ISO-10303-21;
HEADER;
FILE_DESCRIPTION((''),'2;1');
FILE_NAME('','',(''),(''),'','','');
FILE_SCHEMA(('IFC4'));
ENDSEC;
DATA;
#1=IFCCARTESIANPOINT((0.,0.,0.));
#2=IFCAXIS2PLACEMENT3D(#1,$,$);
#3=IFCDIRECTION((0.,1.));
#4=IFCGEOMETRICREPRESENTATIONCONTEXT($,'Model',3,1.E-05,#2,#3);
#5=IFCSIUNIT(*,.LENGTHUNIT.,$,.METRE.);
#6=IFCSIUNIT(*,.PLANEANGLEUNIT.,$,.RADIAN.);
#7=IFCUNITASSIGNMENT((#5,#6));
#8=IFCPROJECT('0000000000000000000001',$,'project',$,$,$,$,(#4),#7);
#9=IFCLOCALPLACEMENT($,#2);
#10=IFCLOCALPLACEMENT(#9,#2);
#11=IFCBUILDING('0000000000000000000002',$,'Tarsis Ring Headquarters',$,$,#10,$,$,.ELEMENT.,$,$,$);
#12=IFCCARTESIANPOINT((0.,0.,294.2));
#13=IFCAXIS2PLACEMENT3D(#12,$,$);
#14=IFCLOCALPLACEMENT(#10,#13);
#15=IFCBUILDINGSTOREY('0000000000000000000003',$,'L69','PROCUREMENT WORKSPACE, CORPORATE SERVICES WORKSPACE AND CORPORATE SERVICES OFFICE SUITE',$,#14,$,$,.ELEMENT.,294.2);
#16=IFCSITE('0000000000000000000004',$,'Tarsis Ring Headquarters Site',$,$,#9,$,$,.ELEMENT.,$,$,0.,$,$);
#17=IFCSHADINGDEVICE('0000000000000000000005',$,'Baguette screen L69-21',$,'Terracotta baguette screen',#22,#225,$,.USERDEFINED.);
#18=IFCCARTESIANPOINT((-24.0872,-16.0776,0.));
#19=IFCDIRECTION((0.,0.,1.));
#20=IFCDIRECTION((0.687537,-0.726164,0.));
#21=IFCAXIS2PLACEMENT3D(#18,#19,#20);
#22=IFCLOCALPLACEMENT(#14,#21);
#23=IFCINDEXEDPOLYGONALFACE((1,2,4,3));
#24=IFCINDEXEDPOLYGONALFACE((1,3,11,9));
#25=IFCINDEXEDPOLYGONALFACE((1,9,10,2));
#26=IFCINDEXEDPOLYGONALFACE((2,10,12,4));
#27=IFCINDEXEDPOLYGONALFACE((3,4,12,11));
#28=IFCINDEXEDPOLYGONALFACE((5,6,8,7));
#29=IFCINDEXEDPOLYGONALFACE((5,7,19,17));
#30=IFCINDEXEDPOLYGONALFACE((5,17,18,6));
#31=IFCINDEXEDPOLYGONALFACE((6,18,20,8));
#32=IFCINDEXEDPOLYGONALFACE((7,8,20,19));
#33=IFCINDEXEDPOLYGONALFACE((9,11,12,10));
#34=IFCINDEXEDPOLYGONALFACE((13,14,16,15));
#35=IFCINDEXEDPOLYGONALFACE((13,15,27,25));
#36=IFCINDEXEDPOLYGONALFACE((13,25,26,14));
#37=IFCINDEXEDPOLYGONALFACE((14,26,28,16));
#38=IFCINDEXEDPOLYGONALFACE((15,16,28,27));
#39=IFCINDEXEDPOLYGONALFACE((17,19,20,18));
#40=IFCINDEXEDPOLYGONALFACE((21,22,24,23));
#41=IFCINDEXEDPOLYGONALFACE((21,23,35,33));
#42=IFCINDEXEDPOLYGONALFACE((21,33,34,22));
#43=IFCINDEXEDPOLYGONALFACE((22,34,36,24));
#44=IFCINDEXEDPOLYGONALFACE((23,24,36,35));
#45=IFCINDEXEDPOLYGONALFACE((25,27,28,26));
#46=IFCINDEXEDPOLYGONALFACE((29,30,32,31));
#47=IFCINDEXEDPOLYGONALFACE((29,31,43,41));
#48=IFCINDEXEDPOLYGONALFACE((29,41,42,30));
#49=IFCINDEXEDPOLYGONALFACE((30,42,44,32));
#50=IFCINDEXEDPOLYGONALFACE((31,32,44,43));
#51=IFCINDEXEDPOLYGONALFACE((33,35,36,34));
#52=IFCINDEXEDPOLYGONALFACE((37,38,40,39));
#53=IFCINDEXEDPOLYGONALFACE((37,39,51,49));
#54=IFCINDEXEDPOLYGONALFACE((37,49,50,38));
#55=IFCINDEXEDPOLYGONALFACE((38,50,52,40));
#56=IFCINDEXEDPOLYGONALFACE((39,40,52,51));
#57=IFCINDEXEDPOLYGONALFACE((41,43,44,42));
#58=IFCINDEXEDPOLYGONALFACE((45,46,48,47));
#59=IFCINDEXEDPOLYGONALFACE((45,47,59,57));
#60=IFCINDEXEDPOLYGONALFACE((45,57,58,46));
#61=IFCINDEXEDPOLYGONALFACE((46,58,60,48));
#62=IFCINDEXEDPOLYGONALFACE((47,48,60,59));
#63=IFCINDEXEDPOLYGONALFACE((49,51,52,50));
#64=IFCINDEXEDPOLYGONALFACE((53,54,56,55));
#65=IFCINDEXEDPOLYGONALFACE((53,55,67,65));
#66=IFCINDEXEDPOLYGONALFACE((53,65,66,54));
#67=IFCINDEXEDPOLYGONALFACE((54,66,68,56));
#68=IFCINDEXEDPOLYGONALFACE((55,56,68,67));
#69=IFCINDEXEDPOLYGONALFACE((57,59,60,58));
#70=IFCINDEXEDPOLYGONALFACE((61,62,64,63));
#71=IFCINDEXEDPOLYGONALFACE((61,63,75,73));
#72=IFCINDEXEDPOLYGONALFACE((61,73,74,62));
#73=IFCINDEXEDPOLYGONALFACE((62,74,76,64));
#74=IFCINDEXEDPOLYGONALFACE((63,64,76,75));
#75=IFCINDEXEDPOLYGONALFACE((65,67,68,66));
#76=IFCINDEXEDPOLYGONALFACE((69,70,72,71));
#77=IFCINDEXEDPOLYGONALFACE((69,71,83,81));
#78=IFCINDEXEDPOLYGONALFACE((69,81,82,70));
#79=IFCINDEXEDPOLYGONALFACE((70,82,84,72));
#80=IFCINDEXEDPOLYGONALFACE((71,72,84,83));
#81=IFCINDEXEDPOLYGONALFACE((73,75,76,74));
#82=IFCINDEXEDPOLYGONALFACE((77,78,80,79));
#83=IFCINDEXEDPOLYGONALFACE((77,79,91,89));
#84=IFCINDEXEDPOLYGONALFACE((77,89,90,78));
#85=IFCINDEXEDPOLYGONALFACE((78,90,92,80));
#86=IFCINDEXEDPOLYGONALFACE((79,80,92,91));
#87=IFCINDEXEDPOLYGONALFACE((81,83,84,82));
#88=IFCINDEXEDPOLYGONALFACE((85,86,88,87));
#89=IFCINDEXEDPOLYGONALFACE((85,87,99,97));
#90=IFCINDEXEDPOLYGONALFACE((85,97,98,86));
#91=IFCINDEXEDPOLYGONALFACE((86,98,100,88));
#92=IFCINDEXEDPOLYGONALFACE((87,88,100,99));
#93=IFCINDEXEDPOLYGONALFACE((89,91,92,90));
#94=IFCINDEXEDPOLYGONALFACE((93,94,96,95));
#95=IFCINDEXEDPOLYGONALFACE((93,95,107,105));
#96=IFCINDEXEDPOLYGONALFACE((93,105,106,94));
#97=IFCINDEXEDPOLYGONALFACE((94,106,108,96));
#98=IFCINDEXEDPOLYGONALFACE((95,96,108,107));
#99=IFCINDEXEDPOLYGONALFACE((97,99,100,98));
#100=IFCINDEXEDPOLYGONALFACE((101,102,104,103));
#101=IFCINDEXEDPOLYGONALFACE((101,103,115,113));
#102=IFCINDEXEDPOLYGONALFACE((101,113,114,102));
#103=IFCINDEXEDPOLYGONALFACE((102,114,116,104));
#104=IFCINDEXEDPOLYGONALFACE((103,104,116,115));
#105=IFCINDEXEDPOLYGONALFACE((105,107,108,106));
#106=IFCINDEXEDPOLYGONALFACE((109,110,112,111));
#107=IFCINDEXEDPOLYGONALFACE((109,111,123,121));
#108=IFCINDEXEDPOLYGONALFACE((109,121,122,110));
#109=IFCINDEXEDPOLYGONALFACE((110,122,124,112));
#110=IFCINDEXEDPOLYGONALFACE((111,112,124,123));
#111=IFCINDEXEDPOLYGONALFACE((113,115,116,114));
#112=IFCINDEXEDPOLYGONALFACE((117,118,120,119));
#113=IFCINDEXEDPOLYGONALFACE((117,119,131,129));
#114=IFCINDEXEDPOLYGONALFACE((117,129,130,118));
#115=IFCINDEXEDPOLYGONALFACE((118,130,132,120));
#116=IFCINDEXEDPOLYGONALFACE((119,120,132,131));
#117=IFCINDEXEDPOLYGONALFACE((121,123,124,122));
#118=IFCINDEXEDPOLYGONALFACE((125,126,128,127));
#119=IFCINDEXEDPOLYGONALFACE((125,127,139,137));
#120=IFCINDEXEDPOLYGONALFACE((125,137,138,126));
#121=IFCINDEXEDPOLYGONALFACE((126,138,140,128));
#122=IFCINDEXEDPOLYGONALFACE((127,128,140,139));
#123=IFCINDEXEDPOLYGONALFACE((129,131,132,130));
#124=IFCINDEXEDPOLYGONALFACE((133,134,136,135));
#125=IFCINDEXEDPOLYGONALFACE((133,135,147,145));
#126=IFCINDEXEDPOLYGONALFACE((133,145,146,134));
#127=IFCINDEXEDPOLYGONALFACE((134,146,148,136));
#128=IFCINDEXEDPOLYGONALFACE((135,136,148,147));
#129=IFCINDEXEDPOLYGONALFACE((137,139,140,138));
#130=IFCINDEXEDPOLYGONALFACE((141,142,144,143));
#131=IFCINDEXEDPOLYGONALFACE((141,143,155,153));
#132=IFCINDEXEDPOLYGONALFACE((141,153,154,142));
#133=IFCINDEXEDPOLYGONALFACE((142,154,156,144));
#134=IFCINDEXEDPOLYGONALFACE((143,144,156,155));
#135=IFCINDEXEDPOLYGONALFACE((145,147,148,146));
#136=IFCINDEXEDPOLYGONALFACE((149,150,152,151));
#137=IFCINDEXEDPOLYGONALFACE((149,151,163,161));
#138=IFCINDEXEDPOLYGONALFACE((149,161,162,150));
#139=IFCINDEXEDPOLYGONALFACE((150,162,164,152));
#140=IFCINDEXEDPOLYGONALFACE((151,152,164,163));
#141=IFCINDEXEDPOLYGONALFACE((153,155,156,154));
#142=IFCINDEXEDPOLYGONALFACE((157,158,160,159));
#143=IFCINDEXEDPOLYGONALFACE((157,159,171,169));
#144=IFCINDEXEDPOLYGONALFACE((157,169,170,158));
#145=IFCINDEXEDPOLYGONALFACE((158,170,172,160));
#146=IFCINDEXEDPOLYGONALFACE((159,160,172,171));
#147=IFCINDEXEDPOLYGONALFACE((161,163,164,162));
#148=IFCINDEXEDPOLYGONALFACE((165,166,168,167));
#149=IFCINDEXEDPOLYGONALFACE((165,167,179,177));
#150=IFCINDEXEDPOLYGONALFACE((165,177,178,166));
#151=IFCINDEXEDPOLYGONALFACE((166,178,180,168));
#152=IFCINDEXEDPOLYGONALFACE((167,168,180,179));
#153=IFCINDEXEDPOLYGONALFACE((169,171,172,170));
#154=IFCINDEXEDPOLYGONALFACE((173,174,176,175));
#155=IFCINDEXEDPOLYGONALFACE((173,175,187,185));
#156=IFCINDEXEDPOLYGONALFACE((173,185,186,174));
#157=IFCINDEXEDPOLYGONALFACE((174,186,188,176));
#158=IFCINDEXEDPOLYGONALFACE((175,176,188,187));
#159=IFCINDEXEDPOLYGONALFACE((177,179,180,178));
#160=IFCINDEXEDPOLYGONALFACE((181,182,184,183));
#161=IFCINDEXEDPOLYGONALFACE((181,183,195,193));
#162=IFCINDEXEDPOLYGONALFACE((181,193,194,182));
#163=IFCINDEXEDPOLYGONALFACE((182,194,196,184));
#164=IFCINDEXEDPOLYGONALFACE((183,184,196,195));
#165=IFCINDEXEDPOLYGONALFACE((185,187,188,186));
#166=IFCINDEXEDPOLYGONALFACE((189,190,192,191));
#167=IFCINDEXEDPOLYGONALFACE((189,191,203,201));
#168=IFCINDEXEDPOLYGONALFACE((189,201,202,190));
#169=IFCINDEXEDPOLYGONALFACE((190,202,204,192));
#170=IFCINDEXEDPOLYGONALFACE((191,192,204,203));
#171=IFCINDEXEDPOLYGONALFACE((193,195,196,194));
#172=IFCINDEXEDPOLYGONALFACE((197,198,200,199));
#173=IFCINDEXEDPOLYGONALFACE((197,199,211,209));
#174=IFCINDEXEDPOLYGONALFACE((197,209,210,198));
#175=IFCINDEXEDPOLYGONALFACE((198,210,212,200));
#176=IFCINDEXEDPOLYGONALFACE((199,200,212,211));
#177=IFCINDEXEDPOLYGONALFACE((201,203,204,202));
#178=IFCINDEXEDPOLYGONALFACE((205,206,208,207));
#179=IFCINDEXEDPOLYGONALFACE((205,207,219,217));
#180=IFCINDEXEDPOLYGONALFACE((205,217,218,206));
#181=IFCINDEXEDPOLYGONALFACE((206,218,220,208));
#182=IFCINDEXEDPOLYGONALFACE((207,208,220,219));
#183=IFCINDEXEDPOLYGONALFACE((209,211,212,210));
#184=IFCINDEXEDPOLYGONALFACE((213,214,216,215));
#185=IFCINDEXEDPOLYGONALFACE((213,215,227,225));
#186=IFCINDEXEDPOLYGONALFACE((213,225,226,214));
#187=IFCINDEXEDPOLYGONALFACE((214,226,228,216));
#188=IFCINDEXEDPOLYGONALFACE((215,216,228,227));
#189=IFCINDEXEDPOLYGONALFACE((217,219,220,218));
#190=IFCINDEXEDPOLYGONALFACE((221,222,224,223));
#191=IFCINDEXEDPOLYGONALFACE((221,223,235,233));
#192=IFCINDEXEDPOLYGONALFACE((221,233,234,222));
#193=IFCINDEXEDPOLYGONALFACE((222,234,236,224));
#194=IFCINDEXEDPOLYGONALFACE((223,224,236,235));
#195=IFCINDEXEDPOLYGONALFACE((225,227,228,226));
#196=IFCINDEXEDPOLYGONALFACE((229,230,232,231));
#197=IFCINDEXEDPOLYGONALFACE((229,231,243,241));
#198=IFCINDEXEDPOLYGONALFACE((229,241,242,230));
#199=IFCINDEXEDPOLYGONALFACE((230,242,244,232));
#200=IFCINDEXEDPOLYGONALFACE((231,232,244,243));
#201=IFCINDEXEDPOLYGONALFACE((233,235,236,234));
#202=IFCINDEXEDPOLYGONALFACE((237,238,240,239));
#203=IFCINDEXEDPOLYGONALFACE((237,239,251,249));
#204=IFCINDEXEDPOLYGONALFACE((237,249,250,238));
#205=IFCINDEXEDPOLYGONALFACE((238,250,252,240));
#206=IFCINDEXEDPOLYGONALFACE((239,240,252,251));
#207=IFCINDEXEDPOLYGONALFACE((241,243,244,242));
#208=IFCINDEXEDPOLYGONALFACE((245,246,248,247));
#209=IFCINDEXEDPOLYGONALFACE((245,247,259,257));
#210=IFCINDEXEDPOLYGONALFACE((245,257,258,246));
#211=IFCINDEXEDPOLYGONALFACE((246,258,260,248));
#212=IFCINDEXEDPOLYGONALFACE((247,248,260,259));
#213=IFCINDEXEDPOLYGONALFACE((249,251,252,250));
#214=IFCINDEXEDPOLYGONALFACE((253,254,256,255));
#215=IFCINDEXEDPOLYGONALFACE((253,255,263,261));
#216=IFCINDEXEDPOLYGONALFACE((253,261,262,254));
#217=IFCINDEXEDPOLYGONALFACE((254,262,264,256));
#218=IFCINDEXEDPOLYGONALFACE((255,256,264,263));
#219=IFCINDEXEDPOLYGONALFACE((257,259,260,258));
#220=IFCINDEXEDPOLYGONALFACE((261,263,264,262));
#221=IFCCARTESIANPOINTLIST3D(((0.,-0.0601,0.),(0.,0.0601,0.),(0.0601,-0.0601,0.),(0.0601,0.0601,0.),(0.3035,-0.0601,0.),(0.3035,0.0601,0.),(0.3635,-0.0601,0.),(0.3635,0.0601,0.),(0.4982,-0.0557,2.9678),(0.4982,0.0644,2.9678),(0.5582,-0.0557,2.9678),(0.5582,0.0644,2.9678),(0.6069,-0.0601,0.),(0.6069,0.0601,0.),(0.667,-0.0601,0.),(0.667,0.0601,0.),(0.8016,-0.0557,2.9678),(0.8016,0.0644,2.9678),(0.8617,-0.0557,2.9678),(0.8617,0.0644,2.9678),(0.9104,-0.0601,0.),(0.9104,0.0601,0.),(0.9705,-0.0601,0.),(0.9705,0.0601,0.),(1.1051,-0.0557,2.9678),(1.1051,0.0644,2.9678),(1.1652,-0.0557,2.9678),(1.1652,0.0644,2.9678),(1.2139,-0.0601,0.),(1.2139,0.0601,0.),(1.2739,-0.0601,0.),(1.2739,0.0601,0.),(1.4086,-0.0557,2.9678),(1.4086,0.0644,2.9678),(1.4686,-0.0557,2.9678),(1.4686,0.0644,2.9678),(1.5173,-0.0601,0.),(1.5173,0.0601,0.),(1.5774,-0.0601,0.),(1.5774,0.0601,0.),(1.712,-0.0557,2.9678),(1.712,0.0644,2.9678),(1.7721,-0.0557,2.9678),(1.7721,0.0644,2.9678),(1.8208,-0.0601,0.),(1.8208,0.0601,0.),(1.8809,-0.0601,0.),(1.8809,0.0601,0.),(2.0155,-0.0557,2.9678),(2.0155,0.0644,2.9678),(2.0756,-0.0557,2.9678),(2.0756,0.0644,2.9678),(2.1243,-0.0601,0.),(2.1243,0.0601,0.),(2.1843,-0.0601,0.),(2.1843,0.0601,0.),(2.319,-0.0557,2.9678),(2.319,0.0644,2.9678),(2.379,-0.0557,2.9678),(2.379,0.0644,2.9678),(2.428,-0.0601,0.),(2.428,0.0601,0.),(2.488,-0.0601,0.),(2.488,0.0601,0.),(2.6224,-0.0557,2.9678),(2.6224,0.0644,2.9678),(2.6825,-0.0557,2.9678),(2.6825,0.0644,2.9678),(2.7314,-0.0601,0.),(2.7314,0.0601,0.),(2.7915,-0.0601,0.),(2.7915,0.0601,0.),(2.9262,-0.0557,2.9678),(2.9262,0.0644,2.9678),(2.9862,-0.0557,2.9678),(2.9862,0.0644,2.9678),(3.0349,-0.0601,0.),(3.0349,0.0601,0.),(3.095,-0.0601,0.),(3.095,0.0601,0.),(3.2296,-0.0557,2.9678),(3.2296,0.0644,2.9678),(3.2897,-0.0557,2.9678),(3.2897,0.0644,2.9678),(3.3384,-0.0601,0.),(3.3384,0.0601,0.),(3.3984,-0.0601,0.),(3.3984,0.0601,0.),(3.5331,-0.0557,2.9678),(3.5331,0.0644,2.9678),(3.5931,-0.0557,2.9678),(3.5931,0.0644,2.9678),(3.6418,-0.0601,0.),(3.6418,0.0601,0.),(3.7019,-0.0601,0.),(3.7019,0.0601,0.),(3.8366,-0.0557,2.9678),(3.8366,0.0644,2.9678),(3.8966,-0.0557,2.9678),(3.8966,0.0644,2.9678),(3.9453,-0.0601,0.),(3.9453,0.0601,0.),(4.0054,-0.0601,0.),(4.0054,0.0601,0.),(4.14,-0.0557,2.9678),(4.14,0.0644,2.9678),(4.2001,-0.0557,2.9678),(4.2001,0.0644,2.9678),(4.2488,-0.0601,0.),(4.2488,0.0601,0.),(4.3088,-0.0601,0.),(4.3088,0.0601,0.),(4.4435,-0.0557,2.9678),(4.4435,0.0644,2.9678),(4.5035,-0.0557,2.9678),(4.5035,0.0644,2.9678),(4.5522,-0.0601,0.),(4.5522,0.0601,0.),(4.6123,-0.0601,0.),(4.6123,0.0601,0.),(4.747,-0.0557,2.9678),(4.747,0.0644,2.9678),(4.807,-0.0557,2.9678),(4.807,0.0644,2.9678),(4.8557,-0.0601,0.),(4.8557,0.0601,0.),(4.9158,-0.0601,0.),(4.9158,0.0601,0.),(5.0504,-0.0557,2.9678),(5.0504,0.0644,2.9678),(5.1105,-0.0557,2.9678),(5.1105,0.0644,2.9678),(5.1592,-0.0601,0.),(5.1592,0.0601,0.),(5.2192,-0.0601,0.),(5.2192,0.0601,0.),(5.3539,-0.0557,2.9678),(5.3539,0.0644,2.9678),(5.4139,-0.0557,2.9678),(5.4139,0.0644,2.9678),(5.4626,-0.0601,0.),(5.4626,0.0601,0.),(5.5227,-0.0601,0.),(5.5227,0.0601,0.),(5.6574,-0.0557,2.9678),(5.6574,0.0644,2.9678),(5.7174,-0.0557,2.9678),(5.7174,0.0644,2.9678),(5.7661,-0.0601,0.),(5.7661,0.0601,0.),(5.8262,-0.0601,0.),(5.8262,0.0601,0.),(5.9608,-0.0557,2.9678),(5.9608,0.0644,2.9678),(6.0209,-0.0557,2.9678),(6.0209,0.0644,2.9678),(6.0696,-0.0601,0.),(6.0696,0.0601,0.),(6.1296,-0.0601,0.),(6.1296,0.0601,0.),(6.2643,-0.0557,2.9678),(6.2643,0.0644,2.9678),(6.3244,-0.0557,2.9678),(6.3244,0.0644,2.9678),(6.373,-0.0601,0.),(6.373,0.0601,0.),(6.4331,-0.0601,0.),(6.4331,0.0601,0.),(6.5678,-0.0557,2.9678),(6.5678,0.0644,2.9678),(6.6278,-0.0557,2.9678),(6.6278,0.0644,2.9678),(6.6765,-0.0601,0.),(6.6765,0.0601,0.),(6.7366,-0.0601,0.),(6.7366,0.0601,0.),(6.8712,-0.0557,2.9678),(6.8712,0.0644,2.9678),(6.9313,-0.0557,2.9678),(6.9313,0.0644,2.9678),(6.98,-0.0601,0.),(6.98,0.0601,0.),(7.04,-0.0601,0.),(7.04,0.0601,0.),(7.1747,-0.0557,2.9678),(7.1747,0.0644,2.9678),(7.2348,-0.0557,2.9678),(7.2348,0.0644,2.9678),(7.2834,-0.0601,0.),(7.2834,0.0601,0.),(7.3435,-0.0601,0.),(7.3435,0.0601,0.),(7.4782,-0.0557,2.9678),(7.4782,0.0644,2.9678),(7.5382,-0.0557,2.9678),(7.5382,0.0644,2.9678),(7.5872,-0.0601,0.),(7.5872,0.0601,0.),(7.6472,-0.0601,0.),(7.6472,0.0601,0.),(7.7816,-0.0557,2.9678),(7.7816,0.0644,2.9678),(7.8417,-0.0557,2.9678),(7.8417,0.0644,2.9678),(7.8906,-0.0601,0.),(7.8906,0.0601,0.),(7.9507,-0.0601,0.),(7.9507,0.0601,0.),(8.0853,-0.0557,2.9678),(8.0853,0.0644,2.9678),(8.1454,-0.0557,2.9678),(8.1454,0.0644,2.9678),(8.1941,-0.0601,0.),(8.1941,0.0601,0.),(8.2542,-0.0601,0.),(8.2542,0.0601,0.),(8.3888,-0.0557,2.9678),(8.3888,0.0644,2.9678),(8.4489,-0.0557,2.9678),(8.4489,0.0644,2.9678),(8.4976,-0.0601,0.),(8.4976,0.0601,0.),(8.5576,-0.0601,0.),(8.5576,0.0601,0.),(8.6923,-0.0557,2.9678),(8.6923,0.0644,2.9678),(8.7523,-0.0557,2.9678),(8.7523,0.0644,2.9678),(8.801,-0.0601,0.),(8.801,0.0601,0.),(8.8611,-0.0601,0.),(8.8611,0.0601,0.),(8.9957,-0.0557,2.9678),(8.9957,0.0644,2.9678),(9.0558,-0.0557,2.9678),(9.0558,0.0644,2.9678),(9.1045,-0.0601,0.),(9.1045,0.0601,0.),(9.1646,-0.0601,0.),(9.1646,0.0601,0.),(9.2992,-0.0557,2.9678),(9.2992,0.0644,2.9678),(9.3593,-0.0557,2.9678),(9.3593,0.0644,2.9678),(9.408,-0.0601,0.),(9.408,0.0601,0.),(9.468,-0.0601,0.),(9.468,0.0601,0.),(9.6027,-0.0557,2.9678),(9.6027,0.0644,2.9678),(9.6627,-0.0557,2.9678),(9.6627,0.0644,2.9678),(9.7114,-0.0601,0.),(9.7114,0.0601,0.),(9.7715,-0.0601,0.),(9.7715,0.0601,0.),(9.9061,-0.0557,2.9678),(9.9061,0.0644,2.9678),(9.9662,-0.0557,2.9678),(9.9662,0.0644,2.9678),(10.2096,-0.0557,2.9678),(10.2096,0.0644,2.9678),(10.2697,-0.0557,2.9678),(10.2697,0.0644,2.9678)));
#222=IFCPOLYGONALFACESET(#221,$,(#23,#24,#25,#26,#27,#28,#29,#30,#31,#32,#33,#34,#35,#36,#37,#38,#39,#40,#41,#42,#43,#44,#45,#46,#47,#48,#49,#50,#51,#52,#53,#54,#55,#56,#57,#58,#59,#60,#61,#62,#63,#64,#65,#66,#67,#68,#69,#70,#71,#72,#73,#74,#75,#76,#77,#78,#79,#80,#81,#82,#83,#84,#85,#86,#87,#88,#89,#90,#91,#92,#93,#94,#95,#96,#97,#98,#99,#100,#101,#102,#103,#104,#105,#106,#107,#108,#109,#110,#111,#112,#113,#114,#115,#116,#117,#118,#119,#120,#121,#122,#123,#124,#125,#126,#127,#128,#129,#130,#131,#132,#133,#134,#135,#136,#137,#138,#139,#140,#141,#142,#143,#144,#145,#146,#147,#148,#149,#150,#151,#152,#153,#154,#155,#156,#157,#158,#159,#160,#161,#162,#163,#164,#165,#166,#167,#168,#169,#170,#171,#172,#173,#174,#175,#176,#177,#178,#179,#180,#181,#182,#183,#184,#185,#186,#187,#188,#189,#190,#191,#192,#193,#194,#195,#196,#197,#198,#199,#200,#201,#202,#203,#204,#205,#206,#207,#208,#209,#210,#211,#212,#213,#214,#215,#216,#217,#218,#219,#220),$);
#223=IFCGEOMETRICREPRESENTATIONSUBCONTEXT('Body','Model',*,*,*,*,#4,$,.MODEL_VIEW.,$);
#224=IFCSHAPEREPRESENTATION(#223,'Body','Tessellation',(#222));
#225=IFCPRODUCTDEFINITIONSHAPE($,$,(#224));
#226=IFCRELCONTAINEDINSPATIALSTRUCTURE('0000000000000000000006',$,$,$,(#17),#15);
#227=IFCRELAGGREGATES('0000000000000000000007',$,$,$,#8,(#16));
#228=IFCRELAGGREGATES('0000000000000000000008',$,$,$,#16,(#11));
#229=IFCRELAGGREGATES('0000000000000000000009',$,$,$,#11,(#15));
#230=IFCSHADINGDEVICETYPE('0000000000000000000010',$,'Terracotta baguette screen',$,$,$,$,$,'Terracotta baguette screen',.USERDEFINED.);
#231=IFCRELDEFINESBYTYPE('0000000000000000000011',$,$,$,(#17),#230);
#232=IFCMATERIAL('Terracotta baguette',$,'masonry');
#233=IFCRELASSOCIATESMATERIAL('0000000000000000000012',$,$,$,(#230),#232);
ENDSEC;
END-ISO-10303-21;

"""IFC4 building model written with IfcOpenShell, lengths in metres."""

from ifc_helpers import new_model, si_unit, direction, frame, frame_2d, origin, place, context, subcontext, project, spatial, rectangle, composite_profile, extrude, material, type_object, element, save


model = new_model("IFC4")

# Units and contexts
model_context = context("Model", 3, precision=1e-05, world=origin(), true_north=direction((0.0, 1.0)))
body_context = subcontext(model_context, "Body", "Model", "MODEL_VIEW")
ifc_project = project(units=[si_unit("LENGTHUNIT", "METRE"), si_unit("PLANEANGLEUNIT", "RADIAN")], contexts=[model_context])

# Site, building, storey
site_placement = place(None, origin())
site = spatial("IfcSite", under=ifc_project, at=site_placement, Name="Tarsis Ring Headquarters Site", CompositionType="ELEMENT", RefElevation=0.0)
building_placement = place(site_placement, origin())
building = spatial("IfcBuilding", under=site, at=building_placement, Name="Tarsis Ring Headquarters", CompositionType="ELEMENT")
storey_placement = place(building_placement, frame((0.0, 0.0, 294.2)))
storey = spatial("IfcBuildingStorey", under=building, at=storey_placement, Name="L69", Description="PROCUREMENT WORKSPACE, CORPORATE SERVICES WORKSPACE AND CORPORATE SERVICES OFFICE SUITE", CompositionType="ELEMENT", Elevation=294.2)

# Shading device
ifc_material_1 = material(Name="Terracotta baguette", Category="masonry")
shading_device_type = type_object("IfcShadingDeviceType", Name="Terracotta baguette screen", ElementType="Terracotta baguette screen", PredefinedType="USERDEFINED", material=ifc_material_1)
shading_device_1_placement = place(storey_placement, frame((-24.0872, -16.0776, 0.0), z_axis=(0.0, 0.0, 1.0), x_axis=(0.687537, -0.726164, 0.0)))
element("IfcShadingDevice", 1, at=shading_device_1_placement, inside=storey, type_object=shading_device_type, Name="Baguette screen L69-21", ObjectType="Terracotta baguette screen", PredefinedType="USERDEFINED", context=body_context, shape_type="SweptSolid", body=[
    extrude(composite_profile([rectangle(XDim=0.0601, YDim=0.1201, at=frame_2d((0.03, 0.0))), rectangle(XDim=0.0601, YDim=0.1201, at=frame_2d((0.3335, 0.0))), rectangle(XDim=0.0601, YDim=0.1201, at=frame_2d((0.637, 0.0))), rectangle(XDim=0.0601, YDim=0.1201, at=frame_2d((0.9404, 0.0))), rectangle(XDim=0.0601, YDim=0.1201, at=frame_2d((1.2439, 0.0))), rectangle(XDim=0.0601, YDim=0.1201, at=frame_2d((1.5474, 0.0))), rectangle(XDim=0.0601, YDim=0.1201, at=frame_2d((1.8508, 0.0))), rectangle(XDim=0.0601, YDim=0.1201, at=frame_2d((2.1543, 0.0))), rectangle(XDim=0.0601, YDim=0.1201, at=frame_2d((2.458, 0.0))), rectangle(XDim=0.0601, YDim=0.1201, at=frame_2d((2.7615, 0.0))), rectangle(XDim=0.0601, YDim=0.1201, at=frame_2d((3.0649, 0.0))), rectangle(XDim=0.0601, YDim=0.1201, at=frame_2d((3.3684, 0.0))), rectangle(XDim=0.0601, YDim=0.1201, at=frame_2d((3.6719, 0.0))), rectangle(XDim=0.0601, YDim=0.1201, at=frame_2d((3.9753, 0.0))), rectangle(XDim=0.0601, YDim=0.1201, at=frame_2d((4.2788, 0.0))), rectangle(XDim=0.0601, YDim=0.1201, at=frame_2d((4.5823, 0.0))), rectangle(XDim=0.0601, YDim=0.1201, at=frame_2d((4.8857, 0.0))), rectangle(XDim=0.0601, YDim=0.1201, at=frame_2d((5.1892, 0.0))), rectangle(XDim=0.0601, YDim=0.1201, at=frame_2d((5.4927, 0.0))), rectangle(XDim=0.0601, YDim=0.1201, at=frame_2d((5.7961, 0.0))), rectangle(XDim=0.0601, YDim=0.1201, at=frame_2d((6.0996, 0.0))), rectangle(XDim=0.0601, YDim=0.1201, at=frame_2d((6.4031, 0.0))), rectangle(XDim=0.0601, YDim=0.1201, at=frame_2d((6.7065, 0.0))), rectangle(XDim=0.0601, YDim=0.1201, at=frame_2d((7.01, 0.0))), rectangle(XDim=0.0601, YDim=0.1201, at=frame_2d((7.3135, 0.0))), rectangle(XDim=0.0601, YDim=0.1201, at=frame_2d((7.6172, 0.0))), rectangle(XDim=0.0601, YDim=0.1201, at=frame_2d((7.9207, 0.0))), rectangle(XDim=0.0601, YDim=0.1201, at=frame_2d((8.2241, 0.0))), rectangle(XDim=0.0601, YDim=0.1201, at=frame_2d((8.5276, 0.0))), rectangle(XDim=0.0601, YDim=0.1201, at=frame_2d((8.8311, 0.0))), rectangle(XDim=0.0601, YDim=0.1201, at=frame_2d((9.1345, 0.0))), rectangle(XDim=0.0601, YDim=0.1201, at=frame_2d((9.438, 0.0))), rectangle(XDim=0.0601, YDim=0.1201, at=frame_2d((9.7415, 0.0)))]), origin(), (0.165547, 0.001445, 0.986201), 3.0093),
])

save(model, "model.ifc")
